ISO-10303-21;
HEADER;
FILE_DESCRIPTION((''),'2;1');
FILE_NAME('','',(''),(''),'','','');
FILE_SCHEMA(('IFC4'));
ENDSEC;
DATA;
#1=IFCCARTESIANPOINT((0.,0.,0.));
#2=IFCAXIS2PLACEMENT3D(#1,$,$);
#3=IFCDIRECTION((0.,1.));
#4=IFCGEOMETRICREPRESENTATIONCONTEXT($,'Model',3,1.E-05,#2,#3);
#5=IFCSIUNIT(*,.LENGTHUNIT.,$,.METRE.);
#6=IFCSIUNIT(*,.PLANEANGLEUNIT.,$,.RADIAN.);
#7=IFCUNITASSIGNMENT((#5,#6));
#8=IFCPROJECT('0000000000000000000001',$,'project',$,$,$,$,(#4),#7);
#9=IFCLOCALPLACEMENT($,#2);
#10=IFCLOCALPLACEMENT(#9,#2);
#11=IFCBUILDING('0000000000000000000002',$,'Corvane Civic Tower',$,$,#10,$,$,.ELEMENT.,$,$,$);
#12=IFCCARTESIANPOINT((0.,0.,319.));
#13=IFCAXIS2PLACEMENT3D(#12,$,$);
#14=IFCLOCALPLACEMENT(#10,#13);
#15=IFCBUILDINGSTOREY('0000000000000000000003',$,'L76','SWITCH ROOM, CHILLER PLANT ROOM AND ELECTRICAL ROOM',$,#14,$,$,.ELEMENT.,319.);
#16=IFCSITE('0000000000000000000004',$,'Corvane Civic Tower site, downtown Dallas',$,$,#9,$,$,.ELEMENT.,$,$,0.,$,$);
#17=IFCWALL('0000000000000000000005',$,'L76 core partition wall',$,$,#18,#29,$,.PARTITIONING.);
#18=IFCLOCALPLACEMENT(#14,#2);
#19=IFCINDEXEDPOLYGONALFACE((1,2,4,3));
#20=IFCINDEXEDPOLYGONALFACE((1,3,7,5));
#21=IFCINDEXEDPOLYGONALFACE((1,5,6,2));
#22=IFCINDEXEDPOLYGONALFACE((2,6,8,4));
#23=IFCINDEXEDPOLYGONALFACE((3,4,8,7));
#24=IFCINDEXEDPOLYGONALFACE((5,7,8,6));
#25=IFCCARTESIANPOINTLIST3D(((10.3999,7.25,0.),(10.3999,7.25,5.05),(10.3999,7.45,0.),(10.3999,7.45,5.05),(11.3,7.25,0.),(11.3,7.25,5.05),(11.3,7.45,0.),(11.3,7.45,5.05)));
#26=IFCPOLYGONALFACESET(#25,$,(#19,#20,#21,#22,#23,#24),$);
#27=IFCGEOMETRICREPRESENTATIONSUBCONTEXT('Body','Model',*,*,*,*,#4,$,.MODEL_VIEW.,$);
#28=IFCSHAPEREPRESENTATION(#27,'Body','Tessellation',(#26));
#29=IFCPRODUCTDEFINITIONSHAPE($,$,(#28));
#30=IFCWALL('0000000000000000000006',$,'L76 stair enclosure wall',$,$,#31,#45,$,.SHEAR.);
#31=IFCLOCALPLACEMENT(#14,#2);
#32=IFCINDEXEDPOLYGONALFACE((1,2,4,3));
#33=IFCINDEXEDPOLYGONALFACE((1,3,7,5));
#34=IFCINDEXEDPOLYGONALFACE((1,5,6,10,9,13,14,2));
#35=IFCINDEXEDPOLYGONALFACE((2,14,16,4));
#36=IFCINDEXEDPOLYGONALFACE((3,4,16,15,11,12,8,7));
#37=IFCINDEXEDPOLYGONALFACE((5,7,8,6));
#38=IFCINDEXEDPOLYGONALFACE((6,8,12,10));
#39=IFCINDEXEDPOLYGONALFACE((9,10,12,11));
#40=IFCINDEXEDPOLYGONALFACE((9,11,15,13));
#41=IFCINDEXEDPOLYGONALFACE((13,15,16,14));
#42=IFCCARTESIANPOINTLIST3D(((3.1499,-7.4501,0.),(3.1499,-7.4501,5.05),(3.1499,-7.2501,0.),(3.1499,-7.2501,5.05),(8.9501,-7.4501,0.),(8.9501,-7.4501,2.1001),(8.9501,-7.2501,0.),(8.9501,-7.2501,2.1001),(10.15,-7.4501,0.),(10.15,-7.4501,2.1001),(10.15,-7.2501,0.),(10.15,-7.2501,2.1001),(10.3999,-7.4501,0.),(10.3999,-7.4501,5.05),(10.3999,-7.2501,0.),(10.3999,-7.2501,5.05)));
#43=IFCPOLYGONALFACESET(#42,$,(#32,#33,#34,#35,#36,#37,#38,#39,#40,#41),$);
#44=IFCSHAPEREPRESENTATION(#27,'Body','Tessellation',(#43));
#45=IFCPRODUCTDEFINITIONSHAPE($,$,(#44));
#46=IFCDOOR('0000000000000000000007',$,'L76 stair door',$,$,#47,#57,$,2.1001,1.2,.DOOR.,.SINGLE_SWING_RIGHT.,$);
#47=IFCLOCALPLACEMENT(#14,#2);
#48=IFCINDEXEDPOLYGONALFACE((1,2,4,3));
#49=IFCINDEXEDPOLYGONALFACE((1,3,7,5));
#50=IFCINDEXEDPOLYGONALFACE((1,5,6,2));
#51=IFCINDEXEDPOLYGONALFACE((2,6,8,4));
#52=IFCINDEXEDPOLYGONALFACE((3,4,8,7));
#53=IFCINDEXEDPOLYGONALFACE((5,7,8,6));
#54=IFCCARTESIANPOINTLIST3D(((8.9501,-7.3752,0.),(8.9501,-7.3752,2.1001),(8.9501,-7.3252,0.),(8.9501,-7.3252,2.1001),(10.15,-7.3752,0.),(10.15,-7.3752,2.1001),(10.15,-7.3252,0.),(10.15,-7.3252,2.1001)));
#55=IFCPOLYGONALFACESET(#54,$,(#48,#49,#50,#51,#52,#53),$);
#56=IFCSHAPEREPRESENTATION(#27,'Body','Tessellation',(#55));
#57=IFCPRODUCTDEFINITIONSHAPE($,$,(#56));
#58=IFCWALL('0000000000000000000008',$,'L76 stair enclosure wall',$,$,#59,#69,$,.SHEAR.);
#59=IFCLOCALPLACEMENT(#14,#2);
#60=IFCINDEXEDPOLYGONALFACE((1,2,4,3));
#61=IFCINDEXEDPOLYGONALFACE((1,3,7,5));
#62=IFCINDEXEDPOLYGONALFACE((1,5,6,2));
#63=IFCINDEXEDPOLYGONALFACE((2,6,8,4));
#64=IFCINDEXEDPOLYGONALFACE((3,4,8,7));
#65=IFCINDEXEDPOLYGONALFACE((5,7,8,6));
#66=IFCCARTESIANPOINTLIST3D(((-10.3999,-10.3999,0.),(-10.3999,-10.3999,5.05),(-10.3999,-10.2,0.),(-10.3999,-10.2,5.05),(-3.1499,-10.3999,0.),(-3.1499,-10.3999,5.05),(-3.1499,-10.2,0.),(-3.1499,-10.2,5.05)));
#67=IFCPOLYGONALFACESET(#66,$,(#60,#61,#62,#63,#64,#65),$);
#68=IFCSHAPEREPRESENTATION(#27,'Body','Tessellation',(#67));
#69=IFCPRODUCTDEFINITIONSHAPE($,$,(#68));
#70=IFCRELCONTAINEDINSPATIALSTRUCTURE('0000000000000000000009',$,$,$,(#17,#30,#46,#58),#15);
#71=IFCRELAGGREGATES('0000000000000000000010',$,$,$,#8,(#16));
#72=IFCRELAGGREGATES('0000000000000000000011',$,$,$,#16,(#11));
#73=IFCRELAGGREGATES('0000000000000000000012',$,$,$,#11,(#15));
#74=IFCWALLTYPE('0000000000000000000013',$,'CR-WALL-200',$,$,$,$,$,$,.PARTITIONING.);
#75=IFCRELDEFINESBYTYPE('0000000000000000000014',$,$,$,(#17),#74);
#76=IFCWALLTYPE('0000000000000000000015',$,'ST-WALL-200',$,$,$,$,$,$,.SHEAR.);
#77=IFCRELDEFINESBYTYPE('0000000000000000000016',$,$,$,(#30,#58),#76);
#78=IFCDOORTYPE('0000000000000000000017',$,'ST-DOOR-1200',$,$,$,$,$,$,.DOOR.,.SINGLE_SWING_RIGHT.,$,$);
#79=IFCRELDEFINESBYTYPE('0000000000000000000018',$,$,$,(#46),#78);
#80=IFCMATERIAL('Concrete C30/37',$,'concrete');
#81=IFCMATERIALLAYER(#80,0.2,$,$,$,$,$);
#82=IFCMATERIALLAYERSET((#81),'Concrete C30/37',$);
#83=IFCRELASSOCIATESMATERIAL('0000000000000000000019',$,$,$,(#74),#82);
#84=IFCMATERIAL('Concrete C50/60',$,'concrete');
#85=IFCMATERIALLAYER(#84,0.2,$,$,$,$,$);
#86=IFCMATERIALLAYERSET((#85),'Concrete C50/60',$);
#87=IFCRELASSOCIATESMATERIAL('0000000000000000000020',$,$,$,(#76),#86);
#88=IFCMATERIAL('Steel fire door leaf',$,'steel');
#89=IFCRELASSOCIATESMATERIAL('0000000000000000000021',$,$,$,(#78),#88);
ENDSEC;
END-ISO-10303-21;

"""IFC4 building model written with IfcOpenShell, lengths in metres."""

from ifc_helpers import new_model, si_unit, direction, frame, frame_2d, origin, place, context, subcontext, project, spatial, polyline, rectangle, outline, extrude, material, layer, layer_set, type_object, element, fill, save


model = new_model("IFC4")

# Units and contexts
model_context = context("Model", 3, precision=1e-05, world=origin(), true_north=direction((0.0, 1.0)))
body_context = subcontext(model_context, "Body", "Model", "MODEL_VIEW")
ifc_project = project(units=[si_unit("LENGTHUNIT", "METRE"), si_unit("PLANEANGLEUNIT", "RADIAN")], contexts=[model_context])

# Site, building, storey
site_placement = place(None, origin())
site = spatial("IfcSite", under=ifc_project, at=site_placement, Name="Corvane Civic Tower site, downtown Dallas", CompositionType="ELEMENT", RefElevation=0.0)
building_placement = place(site_placement, origin())
building = spatial("IfcBuilding", under=site, at=building_placement, Name="Corvane Civic Tower", CompositionType="ELEMENT")
storey_placement = place(building_placement, frame((0.0, 0.0, 319.0)))
storey = spatial("IfcBuildingStorey", under=building, at=storey_placement, Name="L76", Description="SWITCH ROOM, CHILLER PLANT ROOM AND ELECTRICAL ROOM", CompositionType="ELEMENT", Elevation=319.0)

# Shared definitions
ifc_material_1 = material(Name="Concrete C30/37", Category="concrete")
ifc_layer_1 = layer(ifc_material_1, 0.2)
ifc_layer_set_1 = layer_set([ifc_layer_1], Name="Concrete C30/37")
wall_type_1 = type_object("IfcWallType", Name="CR-WALL-200", PredefinedType="PARTITIONING", material=ifc_layer_set_1)

# Wall
wall_1_placement = place(storey_placement, origin())
element("IfcWall", 1, at=wall_1_placement, inside=storey, type_object=wall_type_1, Name="L76 core partition wall", PredefinedType="PARTITIONING", context=body_context, shape_type="SweptSolid", body=[
    extrude(outline(polyline([(10.3999, 7.25), (10.3999, 7.45), (11.3, 7.45), (11.3, 7.25), (10.3999, 7.25)])), origin(), (0.0, 0.0, 1.0), 5.05),
])

# Wall, opening, door
ifc_material_2 = material(Name="Concrete C50/60", Category="concrete")
ifc_layer_2 = layer(ifc_material_2, 0.2)
ifc_layer_set_2 = layer_set([ifc_layer_2], Name="Concrete C50/60")
wall_type_2 = type_object("IfcWallType", Name="ST-WALL-200", PredefinedType="SHEAR", material=ifc_layer_set_2)
wall_2_placement = place(storey_placement, frame((3.1499, -7.3501, 0.0), z_axis=(0.0, 0.0, 1.0), x_axis=(1.0, 0.0, 0.0)))
wall_2 = element("IfcWall", 2, at=wall_2_placement, inside=storey, type_object=wall_type_2, Name="L76 stair enclosure wall", PredefinedType="SHEAR", context=body_context, shape_type="SweptSolid", body=[
    extrude(rectangle(XDim=7.25, YDim=0.2, at=frame_2d((3.625, 0.0))), origin(), (0.0, 0.0, 1.0), 5.05),
])
opening_1_placement = place(wall_2_placement, frame((5.8, 0.0, 0.0)))
opening_1 = element("IfcOpeningElement", 3, at=opening_1_placement, cuts=wall_2, PredefinedType="OPENING", context=body_context, shape_type="SweptSolid", body=[
    extrude(rectangle(XDim=1.2, YDim=2.1001, at=frame_2d((0.6001, 1.05))), frame((0.0, 0.1099, 0.0), z_axis=(0.0, -1.0, 0.0), x_axis=(1.0, 0.0, 0.0)), (0.0, 0.0, 1.0), 0.22),
])
ifc_material_3 = material(Name="Steel fire door leaf", Category="steel")
door_type_1 = type_object("IfcDoorType", Name="ST-DOOR-1200", OperationType="SINGLE_SWING_RIGHT", PredefinedType="DOOR", material=ifc_material_3)
door_1_placement = place(opening_1_placement, origin())
door_1 = element("IfcDoor", 4, at=door_1_placement, inside=storey, type_object=door_type_1, Name="L76 stair door", OperationType="SINGLE_SWING_RIGHT", OverallHeight=2.1001, OverallWidth=1.2, PredefinedType="DOOR", context=body_context, shape_type="SweptSolid", body=[
    extrude(rectangle(XDim=1.2, YDim=2.1001, at=frame_2d((0.6001, 1.05))), frame((0.0, 0.0249, 0.0), z_axis=(0.0, -1.0, 0.0), x_axis=(1.0, 0.0, 0.0)), (0.0, 0.0, 1.0), 0.05),
])
fill(opening_1, door_1)

# Wall
wall_3_placement = place(storey_placement, origin())
element("IfcWall", 5, at=wall_3_placement, inside=storey, type_object=wall_type_2, Name="L76 stair enclosure wall", PredefinedType="SHEAR", context=body_context, shape_type="SweptSolid", body=[
    extrude(outline(polyline([(-3.1499, -10.2), (-3.1499, -10.3999), (-10.3999, -10.3999), (-10.3999, -10.2), (-3.1499, -10.2)])), origin(), (0.0, 0.0, 1.0), 5.05),
])

save(model, "model.ifc")
